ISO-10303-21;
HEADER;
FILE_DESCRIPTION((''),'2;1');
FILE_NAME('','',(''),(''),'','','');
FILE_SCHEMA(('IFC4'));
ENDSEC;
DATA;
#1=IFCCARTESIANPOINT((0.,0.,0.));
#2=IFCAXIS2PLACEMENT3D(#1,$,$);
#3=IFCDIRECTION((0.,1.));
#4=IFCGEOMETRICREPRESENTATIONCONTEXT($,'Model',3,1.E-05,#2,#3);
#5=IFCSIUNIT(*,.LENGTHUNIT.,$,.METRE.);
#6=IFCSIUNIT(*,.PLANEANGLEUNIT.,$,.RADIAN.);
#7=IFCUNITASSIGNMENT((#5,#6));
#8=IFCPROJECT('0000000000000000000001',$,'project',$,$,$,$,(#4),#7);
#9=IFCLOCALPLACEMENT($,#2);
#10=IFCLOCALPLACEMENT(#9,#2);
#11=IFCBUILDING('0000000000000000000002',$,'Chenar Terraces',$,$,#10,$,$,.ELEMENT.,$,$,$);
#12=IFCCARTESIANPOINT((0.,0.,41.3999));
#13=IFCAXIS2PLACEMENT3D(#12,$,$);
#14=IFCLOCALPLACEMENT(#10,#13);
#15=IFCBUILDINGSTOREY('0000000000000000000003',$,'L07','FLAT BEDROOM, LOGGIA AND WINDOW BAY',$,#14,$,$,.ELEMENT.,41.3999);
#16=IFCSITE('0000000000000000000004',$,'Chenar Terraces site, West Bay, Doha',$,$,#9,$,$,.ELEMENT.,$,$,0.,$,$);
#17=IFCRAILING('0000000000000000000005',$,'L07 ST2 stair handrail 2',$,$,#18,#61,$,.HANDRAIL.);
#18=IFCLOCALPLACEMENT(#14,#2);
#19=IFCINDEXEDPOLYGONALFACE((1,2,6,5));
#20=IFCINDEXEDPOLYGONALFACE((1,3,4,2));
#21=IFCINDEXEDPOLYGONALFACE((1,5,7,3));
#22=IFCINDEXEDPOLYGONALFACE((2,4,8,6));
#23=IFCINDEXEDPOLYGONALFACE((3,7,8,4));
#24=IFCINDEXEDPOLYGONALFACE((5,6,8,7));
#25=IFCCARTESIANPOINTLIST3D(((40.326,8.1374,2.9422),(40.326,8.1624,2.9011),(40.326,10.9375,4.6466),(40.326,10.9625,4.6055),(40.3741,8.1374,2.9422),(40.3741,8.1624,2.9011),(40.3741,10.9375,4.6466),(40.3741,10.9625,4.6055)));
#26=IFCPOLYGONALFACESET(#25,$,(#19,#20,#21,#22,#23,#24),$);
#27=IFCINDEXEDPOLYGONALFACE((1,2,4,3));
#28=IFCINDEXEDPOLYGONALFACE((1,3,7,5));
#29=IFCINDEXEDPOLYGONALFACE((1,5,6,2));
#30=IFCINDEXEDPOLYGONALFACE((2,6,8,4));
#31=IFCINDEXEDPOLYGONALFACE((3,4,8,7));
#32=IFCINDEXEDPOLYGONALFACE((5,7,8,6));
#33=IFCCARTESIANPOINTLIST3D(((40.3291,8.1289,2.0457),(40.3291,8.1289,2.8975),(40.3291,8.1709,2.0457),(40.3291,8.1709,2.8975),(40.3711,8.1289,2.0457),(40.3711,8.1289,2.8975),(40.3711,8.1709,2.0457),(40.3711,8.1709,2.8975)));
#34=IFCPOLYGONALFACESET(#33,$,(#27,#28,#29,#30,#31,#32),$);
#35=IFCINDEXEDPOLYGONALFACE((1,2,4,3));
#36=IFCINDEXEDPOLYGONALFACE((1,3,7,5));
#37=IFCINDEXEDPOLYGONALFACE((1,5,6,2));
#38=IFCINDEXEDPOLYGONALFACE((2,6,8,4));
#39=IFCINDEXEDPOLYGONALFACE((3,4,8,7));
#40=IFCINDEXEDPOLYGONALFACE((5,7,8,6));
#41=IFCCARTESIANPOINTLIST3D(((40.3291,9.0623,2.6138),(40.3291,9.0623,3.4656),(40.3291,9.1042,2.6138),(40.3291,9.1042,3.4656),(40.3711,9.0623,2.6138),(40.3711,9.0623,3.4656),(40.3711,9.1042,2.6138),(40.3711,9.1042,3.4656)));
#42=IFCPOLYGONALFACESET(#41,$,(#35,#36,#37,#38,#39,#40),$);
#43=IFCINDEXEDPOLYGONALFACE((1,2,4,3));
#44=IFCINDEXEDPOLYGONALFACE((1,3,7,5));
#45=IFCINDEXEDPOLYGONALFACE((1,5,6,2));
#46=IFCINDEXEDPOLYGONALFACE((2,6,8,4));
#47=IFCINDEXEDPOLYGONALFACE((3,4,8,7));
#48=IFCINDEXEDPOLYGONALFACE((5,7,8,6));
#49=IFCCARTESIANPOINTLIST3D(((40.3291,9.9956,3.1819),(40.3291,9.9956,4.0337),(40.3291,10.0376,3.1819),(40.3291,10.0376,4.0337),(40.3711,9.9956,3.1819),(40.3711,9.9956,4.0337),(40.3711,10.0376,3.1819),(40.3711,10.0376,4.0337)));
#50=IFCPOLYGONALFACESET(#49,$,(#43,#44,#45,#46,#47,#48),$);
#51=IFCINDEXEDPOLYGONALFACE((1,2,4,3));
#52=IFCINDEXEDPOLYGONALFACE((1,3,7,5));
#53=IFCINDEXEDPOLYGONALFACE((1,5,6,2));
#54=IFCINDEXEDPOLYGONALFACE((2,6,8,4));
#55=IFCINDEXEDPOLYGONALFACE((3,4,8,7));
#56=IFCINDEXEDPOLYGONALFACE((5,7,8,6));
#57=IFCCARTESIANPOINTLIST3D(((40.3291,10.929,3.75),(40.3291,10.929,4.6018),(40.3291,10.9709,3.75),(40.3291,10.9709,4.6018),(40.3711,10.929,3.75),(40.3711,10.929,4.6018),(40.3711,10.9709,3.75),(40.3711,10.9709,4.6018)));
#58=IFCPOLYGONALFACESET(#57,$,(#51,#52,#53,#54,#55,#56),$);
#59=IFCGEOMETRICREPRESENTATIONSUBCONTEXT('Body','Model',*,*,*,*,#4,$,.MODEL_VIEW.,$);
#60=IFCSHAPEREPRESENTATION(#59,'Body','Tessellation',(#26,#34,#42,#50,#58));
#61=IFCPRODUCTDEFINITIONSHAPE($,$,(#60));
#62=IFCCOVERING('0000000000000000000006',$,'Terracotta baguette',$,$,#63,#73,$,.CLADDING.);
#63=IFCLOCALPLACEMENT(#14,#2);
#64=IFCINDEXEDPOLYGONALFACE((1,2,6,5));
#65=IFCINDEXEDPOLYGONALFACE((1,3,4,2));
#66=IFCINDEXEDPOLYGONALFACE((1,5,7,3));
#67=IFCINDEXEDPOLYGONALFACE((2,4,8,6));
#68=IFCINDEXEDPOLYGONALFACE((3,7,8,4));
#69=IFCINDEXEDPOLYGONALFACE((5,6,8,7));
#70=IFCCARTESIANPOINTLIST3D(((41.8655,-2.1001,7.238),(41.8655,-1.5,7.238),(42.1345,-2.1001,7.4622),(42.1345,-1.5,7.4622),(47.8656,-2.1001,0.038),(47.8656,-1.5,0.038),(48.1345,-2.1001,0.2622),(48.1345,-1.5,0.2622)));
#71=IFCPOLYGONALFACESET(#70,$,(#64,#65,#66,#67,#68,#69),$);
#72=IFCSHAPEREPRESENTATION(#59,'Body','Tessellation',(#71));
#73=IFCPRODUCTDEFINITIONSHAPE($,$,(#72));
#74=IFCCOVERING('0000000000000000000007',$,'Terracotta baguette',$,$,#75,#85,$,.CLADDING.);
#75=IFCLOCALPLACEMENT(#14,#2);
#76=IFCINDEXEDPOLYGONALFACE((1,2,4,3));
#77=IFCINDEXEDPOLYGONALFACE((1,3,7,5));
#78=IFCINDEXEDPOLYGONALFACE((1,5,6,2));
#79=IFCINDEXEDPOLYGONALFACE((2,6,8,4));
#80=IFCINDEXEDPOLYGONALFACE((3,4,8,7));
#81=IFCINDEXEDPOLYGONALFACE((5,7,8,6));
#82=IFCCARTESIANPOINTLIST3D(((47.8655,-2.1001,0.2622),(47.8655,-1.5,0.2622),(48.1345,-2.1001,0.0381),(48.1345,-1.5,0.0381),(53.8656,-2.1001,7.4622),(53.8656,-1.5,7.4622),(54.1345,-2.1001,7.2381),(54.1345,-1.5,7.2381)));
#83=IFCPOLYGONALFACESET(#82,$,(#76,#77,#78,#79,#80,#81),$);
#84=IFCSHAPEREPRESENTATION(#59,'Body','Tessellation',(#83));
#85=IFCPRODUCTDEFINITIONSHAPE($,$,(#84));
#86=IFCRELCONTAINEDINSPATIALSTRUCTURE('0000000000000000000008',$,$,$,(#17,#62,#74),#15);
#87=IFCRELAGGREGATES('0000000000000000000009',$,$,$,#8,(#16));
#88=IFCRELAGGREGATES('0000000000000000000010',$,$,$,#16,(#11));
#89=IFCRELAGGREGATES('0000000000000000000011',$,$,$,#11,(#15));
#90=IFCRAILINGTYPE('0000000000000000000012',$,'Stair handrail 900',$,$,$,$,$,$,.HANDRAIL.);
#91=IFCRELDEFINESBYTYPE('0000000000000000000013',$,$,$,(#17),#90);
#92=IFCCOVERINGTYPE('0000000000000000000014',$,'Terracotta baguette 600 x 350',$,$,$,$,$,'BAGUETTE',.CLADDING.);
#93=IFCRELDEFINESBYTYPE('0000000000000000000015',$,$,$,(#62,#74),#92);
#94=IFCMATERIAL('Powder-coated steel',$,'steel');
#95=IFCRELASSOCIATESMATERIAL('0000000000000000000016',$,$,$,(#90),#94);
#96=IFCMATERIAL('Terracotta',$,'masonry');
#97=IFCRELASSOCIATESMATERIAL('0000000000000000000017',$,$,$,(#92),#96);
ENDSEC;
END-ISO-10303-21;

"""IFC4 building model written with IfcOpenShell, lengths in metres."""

from ifc_helpers import new_model, si_unit, direction, frame, origin, origin_2d, place, context, subcontext, project, spatial, rectangle, extrude, material, material_profile, profile_set, type_object, element, save


model = new_model("IFC4")

# Units and contexts
model_context = context("Model", 3, precision=1e-05, world=origin(), true_north=direction((0.0, 1.0)))
body_context = subcontext(model_context, "Body", "Model", "MODEL_VIEW")
ifc_project = project(units=[si_unit("LENGTHUNIT", "METRE"), si_unit("PLANEANGLEUNIT", "RADIAN")], contexts=[model_context])

# Site, building, storey
site_placement = place(None, origin())
site = spatial("IfcSite", under=ifc_project, at=site_placement, Name="Chenar Terraces site, West Bay, Doha", CompositionType="ELEMENT", RefElevation=0.0)
building_placement = place(site_placement, origin())
building = spatial("IfcBuilding", under=site, at=building_placement, Name="Chenar Terraces", CompositionType="ELEMENT")
storey_placement = place(building_placement, frame((0.0, 0.0, 41.3999)))
storey = spatial("IfcBuildingStorey", under=building, at=storey_placement, Name="L07", Description="FLAT BEDROOM, LOGGIA AND WINDOW BAY", CompositionType="ELEMENT", Elevation=41.3999)

# Railing
ifc_material_1 = material(Name="Powder-coated steel", Category="steel")
railing_type_1 = type_object("IfcRailingType", Name="Stair handrail 900", PredefinedType="HANDRAIL", material=ifc_material_1)
railing_1_placement = place(storey_placement, frame((40.3501, 8.1499, 2.0457)))
element("IfcRailing", 1, at=railing_1_placement, inside=storey, type_object=railing_type_1, Name="L07 ST2 stair handrail 2", PredefinedType="HANDRAIL", context=body_context, shape_type="SweptSolid", body=[
    extrude(rectangle(XDim=0.0481, YDim=0.0481, at=origin_2d()), frame((0.0, 0.0, 0.876), z_axis=(0.0, 0.854203, 0.51994), x_axis=(-1.0, 0.0, 0.0)), (0.0, 0.0, 1.0), 3.2781),
    extrude(rectangle(XDim=0.042, YDim=0.042, at=origin_2d()), origin(), (0.0, 0.0, 1.0), 0.8518),
    extrude(rectangle(XDim=0.042, YDim=0.042, at=origin_2d()), frame((0.0, 0.9333, 0.5681)), (0.0, 0.0, 1.0), 0.8518),
    extrude(rectangle(XDim=0.042, YDim=0.042, at=origin_2d()), frame((0.0, 1.8667, 1.1362)), (0.0, 0.0, 1.0), 0.8518),
    extrude(rectangle(XDim=0.042, YDim=0.042, at=origin_2d()), frame((0.0, 2.8, 1.7043)), (0.0, 0.0, 1.0), 0.8518),
])

# Coverings
ifc_material_2 = material(Name="Terracotta", Category="masonry")
ifc_material_profile_1 = material_profile(ifc_material_2, rectangle(XDim=0.6001, YDim=0.3501, at=origin_2d()), Name="Terracotta baguette 600 x 350")
ifc_profile_set_1 = profile_set([ifc_material_profile_1], Name="Terracotta")
covering_type = type_object("IfcCoveringType", Name="Terracotta baguette 600 x 350", ElementType="BAGUETTE", PredefinedType="CLADDING", material=ifc_profile_set_1)
for number, where, z_axis, x_axis, name in (
    (2, (42.0, -1.8, 7.3501), (0.640187, 0.0, -0.768219), (0.0, 1.0, 0.0), "Terracotta baguette"),
    (3, (48.0, -1.8, 0.1501), (0.640187, 0.0, 0.768219), (0.0, 1.0, 0.0), "Terracotta baguette"),
):
    element("IfcCovering", number, at=place(storey_placement, frame(where, z_axis=z_axis, x_axis=x_axis)), inside=storey, type_object=covering_type, Name=name, PredefinedType="CLADDING", context=body_context, shape_type="SweptSolid", body=[
        extrude(rectangle(XDim=0.6001, YDim=0.3501, at=origin_2d()), origin(), (0.0, 0.0, 1.0), 9.3723),
    ])

save(model, "model.ifc")
